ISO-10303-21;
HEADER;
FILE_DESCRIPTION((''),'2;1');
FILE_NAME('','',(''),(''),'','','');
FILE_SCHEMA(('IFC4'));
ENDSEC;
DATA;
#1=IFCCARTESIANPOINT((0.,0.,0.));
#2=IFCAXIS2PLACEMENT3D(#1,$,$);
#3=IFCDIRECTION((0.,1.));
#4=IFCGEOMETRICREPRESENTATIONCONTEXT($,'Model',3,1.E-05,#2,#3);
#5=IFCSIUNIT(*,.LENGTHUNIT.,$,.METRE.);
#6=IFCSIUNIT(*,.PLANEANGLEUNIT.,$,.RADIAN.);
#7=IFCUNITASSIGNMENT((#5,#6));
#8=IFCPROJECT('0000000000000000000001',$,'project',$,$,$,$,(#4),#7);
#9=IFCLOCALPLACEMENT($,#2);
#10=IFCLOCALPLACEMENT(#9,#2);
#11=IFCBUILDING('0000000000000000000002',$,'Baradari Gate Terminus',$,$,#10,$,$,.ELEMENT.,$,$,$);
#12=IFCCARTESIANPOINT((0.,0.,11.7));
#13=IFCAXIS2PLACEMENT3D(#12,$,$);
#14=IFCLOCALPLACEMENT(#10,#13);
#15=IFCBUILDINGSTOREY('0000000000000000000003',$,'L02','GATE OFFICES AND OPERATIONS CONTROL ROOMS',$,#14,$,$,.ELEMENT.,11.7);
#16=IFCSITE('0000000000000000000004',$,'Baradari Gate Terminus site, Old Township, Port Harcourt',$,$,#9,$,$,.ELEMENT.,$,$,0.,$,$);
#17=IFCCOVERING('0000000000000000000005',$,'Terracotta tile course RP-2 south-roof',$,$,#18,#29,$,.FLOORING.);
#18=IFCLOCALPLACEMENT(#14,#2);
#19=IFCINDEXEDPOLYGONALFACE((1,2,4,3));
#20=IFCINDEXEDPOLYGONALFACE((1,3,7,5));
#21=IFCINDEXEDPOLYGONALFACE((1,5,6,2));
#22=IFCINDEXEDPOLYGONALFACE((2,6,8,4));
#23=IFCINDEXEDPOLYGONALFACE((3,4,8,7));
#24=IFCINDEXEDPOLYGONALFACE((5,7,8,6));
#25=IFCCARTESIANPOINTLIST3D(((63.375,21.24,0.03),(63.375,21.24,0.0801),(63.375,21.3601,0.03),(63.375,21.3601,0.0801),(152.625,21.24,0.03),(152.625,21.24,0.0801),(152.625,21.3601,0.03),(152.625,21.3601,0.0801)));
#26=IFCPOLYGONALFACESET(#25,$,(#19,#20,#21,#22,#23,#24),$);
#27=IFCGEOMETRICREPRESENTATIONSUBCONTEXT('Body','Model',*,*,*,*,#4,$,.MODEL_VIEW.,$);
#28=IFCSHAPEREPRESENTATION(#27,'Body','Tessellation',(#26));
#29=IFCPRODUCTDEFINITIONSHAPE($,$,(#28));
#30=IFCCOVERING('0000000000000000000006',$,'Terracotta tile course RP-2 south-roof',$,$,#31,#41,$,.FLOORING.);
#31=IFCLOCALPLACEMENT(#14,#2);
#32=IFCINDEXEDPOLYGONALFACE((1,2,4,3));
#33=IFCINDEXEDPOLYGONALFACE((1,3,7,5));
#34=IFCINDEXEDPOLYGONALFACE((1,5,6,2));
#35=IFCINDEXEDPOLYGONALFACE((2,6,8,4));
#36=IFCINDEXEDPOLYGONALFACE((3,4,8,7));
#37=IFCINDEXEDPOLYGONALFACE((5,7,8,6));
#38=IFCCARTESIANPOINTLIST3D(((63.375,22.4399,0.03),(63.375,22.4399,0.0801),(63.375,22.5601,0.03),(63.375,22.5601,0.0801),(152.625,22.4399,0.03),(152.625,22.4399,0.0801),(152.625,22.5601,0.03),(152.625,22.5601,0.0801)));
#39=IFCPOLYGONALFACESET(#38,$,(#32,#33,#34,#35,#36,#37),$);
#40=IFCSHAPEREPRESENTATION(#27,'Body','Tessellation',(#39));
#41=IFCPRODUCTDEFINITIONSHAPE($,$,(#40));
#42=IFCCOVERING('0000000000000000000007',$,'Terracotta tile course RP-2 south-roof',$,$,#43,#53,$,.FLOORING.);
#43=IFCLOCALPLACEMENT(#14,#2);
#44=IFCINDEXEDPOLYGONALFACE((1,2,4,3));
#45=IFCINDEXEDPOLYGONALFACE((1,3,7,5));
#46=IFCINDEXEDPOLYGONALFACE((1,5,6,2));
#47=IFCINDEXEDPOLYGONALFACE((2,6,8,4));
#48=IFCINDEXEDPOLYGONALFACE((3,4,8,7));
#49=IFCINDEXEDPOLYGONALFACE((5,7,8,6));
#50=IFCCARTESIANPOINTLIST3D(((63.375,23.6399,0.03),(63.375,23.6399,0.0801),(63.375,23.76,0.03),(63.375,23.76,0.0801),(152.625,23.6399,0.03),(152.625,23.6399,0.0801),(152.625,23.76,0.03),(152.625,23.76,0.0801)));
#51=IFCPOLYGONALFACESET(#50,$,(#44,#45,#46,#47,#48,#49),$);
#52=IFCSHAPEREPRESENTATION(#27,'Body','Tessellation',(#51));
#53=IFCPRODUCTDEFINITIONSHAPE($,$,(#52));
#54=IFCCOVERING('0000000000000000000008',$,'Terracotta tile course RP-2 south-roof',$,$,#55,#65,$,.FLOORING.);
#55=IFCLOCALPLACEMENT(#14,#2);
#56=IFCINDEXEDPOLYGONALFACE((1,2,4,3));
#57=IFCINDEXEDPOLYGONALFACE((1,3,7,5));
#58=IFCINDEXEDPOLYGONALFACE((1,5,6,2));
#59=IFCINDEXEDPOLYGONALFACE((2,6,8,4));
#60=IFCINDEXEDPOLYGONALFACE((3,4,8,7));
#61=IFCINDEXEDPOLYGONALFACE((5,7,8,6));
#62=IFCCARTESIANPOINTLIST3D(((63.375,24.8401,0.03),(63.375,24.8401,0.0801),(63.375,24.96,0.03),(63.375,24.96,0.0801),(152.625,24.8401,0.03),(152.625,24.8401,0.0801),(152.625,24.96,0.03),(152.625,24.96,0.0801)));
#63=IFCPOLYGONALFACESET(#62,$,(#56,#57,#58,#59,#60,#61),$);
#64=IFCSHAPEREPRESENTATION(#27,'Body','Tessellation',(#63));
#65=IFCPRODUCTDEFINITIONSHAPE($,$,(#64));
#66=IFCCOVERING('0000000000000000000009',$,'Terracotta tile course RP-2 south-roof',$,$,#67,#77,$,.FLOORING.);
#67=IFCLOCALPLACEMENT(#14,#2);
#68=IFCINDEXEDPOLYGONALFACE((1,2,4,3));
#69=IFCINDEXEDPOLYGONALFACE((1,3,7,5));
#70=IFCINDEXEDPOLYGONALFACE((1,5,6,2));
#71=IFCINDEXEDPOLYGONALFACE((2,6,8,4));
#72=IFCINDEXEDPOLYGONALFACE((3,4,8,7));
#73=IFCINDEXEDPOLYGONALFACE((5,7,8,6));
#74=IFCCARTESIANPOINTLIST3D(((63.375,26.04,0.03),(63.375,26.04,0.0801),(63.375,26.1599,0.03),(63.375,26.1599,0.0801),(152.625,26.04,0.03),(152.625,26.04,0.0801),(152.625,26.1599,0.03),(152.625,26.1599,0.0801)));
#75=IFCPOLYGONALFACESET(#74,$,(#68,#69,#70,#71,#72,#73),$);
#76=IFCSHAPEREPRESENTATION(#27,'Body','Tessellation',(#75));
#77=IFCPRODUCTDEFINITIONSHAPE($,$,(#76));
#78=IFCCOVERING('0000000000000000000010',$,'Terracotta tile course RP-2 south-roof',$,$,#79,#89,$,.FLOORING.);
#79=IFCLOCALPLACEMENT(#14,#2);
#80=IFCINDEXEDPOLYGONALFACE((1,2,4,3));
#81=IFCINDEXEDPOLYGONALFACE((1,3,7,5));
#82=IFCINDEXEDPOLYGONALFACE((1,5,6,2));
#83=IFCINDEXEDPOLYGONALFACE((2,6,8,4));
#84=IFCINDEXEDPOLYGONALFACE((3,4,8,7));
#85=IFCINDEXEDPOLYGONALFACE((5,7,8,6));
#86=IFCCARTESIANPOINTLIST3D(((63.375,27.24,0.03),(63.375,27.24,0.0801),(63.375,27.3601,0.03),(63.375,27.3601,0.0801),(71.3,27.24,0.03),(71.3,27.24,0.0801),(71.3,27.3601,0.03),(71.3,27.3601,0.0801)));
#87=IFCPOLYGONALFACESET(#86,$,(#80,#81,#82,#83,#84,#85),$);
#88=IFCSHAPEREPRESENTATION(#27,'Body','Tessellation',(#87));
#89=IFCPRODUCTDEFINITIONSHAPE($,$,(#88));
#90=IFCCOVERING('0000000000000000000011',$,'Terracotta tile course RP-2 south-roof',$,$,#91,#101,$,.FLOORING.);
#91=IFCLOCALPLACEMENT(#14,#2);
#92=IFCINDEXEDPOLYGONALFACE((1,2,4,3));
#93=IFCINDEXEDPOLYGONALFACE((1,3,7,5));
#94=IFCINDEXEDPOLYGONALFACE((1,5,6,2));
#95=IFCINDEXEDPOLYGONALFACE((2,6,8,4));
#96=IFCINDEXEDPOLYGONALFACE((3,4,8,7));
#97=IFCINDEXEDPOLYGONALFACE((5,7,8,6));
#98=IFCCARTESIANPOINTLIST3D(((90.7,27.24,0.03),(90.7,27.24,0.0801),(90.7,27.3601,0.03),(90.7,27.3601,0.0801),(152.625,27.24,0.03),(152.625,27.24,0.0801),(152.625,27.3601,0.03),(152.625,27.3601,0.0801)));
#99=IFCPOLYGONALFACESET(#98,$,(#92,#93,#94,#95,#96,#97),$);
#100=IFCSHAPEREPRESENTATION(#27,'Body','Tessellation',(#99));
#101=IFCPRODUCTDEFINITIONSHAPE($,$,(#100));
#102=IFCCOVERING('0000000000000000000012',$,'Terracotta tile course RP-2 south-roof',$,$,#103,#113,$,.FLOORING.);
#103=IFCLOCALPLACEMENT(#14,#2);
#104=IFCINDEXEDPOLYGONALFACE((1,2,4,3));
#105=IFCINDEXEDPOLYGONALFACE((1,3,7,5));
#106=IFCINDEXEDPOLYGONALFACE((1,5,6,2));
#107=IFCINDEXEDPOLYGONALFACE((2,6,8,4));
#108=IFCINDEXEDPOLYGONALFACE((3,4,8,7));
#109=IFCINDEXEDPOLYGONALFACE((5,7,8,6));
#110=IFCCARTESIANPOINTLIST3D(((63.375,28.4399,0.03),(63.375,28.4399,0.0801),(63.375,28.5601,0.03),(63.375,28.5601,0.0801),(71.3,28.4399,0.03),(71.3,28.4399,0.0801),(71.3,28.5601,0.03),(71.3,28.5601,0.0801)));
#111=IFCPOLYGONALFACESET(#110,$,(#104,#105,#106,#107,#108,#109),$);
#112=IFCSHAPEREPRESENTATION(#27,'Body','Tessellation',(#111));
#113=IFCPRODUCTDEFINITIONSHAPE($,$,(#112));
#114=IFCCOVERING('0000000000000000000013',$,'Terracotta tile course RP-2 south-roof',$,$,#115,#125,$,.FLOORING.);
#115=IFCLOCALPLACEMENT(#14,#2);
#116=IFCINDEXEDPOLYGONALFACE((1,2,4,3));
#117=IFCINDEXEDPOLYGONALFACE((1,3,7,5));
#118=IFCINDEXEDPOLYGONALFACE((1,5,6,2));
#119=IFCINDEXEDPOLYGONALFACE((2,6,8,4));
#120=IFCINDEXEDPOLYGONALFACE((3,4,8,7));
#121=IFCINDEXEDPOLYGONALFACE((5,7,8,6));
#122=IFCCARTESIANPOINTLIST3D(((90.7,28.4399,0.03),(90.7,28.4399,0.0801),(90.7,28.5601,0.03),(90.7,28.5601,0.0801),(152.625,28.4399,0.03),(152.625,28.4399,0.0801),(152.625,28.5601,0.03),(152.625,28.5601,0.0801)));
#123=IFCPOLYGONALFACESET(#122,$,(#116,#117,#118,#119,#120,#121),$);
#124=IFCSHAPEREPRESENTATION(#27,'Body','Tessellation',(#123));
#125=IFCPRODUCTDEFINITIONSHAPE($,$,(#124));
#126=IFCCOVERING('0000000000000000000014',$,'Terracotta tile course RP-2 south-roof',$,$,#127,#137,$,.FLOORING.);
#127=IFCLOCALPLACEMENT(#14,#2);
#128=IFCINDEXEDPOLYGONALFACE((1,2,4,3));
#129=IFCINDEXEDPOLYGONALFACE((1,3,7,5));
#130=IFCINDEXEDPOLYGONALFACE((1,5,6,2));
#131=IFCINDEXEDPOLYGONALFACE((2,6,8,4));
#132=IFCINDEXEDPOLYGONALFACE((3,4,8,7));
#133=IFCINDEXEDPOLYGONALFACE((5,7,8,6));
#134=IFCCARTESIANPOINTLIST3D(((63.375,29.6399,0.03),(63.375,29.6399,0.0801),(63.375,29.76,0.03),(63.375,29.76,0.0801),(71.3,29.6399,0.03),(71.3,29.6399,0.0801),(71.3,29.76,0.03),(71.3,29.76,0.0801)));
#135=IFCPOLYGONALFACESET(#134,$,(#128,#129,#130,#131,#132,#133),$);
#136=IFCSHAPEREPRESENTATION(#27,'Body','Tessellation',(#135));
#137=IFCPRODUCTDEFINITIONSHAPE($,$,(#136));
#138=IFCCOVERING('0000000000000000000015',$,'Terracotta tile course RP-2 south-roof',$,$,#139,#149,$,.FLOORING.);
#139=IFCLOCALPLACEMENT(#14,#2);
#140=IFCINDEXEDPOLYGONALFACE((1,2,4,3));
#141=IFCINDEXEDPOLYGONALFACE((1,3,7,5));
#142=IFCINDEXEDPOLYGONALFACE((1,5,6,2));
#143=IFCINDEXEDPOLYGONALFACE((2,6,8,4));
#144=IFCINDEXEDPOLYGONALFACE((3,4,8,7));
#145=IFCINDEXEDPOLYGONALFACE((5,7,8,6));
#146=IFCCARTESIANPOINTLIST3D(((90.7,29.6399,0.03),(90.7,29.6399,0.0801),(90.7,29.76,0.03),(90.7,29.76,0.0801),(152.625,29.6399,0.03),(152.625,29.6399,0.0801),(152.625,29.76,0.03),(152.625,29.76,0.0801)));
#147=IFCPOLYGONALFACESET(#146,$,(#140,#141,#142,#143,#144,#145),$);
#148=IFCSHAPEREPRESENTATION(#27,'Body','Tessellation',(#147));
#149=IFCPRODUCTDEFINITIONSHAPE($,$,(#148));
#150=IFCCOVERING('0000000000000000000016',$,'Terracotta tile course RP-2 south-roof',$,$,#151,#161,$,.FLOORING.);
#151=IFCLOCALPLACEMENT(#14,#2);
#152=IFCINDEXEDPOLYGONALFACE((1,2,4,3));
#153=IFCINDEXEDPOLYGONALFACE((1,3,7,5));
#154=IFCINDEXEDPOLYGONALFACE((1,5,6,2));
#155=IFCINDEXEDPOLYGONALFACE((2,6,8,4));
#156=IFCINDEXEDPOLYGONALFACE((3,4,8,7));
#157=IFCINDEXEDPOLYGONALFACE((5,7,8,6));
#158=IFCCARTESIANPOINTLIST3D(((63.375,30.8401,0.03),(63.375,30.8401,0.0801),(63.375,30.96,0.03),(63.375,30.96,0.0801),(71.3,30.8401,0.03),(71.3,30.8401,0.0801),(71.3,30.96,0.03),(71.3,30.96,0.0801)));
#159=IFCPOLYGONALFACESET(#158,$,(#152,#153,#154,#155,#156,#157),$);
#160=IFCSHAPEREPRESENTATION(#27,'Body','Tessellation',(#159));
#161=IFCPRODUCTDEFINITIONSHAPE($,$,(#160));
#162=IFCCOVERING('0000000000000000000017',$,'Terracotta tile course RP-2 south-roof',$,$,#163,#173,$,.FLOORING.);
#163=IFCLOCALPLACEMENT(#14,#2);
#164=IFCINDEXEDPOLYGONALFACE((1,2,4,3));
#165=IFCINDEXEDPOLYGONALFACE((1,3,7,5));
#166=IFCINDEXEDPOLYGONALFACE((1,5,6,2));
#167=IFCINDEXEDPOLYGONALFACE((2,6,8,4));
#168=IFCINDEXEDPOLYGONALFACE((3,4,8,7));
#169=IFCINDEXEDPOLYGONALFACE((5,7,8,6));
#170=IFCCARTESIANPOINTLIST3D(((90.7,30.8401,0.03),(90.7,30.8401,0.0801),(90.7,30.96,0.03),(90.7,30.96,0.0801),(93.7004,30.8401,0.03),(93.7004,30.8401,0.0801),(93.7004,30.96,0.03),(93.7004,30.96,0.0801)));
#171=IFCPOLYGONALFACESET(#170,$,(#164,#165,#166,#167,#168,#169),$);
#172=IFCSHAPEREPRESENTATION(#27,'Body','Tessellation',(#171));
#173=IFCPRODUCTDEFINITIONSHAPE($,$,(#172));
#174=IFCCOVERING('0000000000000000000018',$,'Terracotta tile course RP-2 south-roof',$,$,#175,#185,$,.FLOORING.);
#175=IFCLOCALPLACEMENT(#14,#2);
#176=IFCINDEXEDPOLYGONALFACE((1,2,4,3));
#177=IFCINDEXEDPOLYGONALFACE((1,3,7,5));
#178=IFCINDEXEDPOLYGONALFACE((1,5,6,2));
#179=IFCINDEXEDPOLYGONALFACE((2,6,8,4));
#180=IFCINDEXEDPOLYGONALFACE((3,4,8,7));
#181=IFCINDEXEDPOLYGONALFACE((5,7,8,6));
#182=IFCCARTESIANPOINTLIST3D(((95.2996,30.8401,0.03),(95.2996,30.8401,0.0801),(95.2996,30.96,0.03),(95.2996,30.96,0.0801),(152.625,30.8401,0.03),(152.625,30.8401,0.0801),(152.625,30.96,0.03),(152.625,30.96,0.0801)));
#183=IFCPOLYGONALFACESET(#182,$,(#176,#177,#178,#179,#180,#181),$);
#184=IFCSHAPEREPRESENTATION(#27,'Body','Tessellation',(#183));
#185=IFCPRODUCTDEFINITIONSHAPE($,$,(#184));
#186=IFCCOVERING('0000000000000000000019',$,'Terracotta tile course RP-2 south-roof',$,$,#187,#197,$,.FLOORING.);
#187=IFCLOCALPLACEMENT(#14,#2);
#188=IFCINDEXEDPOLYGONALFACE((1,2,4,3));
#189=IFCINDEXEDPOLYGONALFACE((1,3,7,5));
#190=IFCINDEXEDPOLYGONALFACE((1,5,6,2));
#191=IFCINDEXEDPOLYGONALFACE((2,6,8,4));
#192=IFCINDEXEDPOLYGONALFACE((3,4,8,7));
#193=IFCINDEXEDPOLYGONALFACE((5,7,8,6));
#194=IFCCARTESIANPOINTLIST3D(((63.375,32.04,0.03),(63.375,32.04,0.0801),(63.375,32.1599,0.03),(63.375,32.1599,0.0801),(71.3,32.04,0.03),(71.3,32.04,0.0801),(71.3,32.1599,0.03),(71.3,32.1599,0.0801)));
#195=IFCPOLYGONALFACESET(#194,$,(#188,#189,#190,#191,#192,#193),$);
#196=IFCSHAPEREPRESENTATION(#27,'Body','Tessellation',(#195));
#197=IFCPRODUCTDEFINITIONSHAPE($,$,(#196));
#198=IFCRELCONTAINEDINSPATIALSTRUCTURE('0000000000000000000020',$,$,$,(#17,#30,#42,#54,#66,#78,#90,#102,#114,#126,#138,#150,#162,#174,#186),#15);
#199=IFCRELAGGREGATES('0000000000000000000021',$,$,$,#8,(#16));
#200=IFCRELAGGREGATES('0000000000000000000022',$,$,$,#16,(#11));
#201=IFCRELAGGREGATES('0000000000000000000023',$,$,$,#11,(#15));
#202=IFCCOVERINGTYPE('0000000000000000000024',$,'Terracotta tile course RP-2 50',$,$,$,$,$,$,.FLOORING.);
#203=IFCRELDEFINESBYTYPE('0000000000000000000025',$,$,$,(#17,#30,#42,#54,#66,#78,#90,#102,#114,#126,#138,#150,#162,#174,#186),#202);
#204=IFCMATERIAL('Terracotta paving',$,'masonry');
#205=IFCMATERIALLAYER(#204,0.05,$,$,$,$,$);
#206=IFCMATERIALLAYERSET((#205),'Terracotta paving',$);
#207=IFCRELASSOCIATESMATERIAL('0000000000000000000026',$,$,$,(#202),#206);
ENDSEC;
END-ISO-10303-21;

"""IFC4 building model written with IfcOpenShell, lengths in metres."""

from ifc_helpers import new_model, si_unit, direction, frame, origin, place, context, subcontext, project, spatial, polyline, outline, extrude, material, layer, layer_set, type_object, element, save


model = new_model("IFC4")

# Units and contexts
model_context = context("Model", 3, precision=1e-05, world=origin(), true_north=direction((0.0, 1.0)))
body_context = subcontext(model_context, "Body", "Model", "MODEL_VIEW")
ifc_project = project(units=[si_unit("LENGTHUNIT", "METRE"), si_unit("PLANEANGLEUNIT", "RADIAN")], contexts=[model_context])

# Site, building, storey
site_placement = place(None, origin())
site = spatial("IfcSite", under=ifc_project, at=site_placement, Name="Baradari Gate Terminus site, Old Township, Port Harcourt", CompositionType="ELEMENT", RefElevation=0.0)
building_placement = place(site_placement, origin())
building = spatial("IfcBuilding", under=site, at=building_placement, Name="Baradari Gate Terminus", CompositionType="ELEMENT")
storey_placement = place(building_placement, frame((0.0, 0.0, 11.7)))
storey = spatial("IfcBuildingStorey", under=building, at=storey_placement, Name="L02", Description="GATE OFFICES AND OPERATIONS CONTROL ROOMS", CompositionType="ELEMENT", Elevation=11.7)

# Coverings
ifc_material_1 = material(Name="Terracotta paving", Category="masonry")
ifc_layer_1 = layer(ifc_material_1, 0.05)
ifc_layer_set_1 = layer_set([ifc_layer_1], Name="Terracotta paving")
covering_type = type_object("IfcCoveringType", Name="Terracotta tile course RP-2 50", PredefinedType="FLOORING", material=ifc_layer_set_1)
covering_1_placement = place(storey_placement, frame((0.0, 0.0, 0.03)))
element("IfcCovering", 1, at=covering_1_placement, inside=storey, type_object=covering_type, Name="Terracotta tile course RP-2 south-roof", PredefinedType="FLOORING", context=body_context, shape_type="SweptSolid", body=[
    extrude(outline(polyline([(152.625, 21.24), (152.625, 21.3601), (63.375, 21.3601), (63.375, 21.24), (152.625, 21.24)])), origin(), (0.0, 0.0, 1.0), 0.05),
])
covering_2_placement = place(storey_placement, frame((0.0, 0.0, 0.03)))
element("IfcCovering", 2, at=covering_2_placement, inside=storey, type_object=covering_type, Name="Terracotta tile course RP-2 south-roof", PredefinedType="FLOORING", context=body_context, shape_type="SweptSolid", body=[
    extrude(outline(polyline([(152.625, 22.4399), (152.625, 22.5601), (63.375, 22.5601), (63.375, 22.4399), (152.625, 22.4399)])), origin(), (0.0, 0.0, 1.0), 0.05),
])
covering_3_placement = place(storey_placement, frame((0.0, 0.0, 0.03)))
element("IfcCovering", 3, at=covering_3_placement, inside=storey, type_object=covering_type, Name="Terracotta tile course RP-2 south-roof", PredefinedType="FLOORING", context=body_context, shape_type="SweptSolid", body=[
    extrude(outline(polyline([(152.625, 23.6399), (152.625, 23.76), (63.375, 23.76), (63.375, 23.6399), (152.625, 23.6399)])), origin(), (0.0, 0.0, 1.0), 0.05),
])
covering_4_placement = place(storey_placement, frame((0.0, 0.0, 0.03)))
element("IfcCovering", 4, at=covering_4_placement, inside=storey, type_object=covering_type, Name="Terracotta tile course RP-2 south-roof", PredefinedType="FLOORING", context=body_context, shape_type="SweptSolid", body=[
    extrude(outline(polyline([(152.625, 24.8401), (152.625, 24.96), (63.375, 24.96), (63.375, 24.8401), (152.625, 24.8401)])), origin(), (0.0, 0.0, 1.0), 0.05),
])
covering_5_placement = place(storey_placement, frame((0.0, 0.0, 0.03)))
element("IfcCovering", 5, at=covering_5_placement, inside=storey, type_object=covering_type, Name="Terracotta tile course RP-2 south-roof", PredefinedType="FLOORING", context=body_context, shape_type="SweptSolid", body=[
    extrude(outline(polyline([(152.625, 26.04), (152.625, 26.1599), (63.375, 26.1599), (63.375, 26.04), (152.625, 26.04)])), origin(), (0.0, 0.0, 1.0), 0.05),
])
covering_6_placement = place(storey_placement, frame((0.0, 0.0, 0.03)))
element("IfcCovering", 6, at=covering_6_placement, inside=storey, type_object=covering_type, Name="Terracotta tile course RP-2 south-roof", PredefinedType="FLOORING", context=body_context, shape_type="SweptSolid", body=[
    extrude(outline(polyline([(71.3, 27.24), (71.3, 27.3601), (63.375, 27.3601), (63.375, 27.24), (71.3, 27.24)])), origin(), (0.0, 0.0, 1.0), 0.05),
])
covering_7_placement = place(storey_placement, frame((0.0, 0.0, 0.03)))
element("IfcCovering", 7, at=covering_7_placement, inside=storey, type_object=covering_type, Name="Terracotta tile course RP-2 south-roof", PredefinedType="FLOORING", context=body_context, shape_type="SweptSolid", body=[
    extrude(outline(polyline([(152.625, 27.24), (152.625, 27.3601), (90.7, 27.3601), (90.7, 27.24), (152.625, 27.24)])), origin(), (0.0, 0.0, 1.0), 0.05),
])
covering_8_placement = place(storey_placement, frame((0.0, 0.0, 0.03)))
element("IfcCovering", 8, at=covering_8_placement, inside=storey, type_object=covering_type, Name="Terracotta tile course RP-2 south-roof", PredefinedType="FLOORING", context=body_context, shape_type="SweptSolid", body=[
    extrude(outline(polyline([(71.3, 28.4399), (71.3, 28.5601), (63.375, 28.5601), (63.375, 28.4399), (71.3, 28.4399)])), origin(), (0.0, 0.0, 1.0), 0.05),
])
covering_9_placement = place(storey_placement, frame((0.0, 0.0, 0.03)))
element("IfcCovering", 9, at=covering_9_placement, inside=storey, type_object=covering_type, Name="Terracotta tile course RP-2 south-roof", PredefinedType="FLOORING", context=body_context, shape_type="SweptSolid", body=[
    extrude(outline(polyline([(152.625, 28.4399), (152.625, 28.5601), (90.7, 28.5601), (90.7, 28.4399), (152.625, 28.4399)])), origin(), (0.0, 0.0, 1.0), 0.05),
])
covering_10_placement = place(storey_placement, frame((0.0, 0.0, 0.03)))
element("IfcCovering", 10, at=covering_10_placement, inside=storey, type_object=covering_type, Name="Terracotta tile course RP-2 south-roof", PredefinedType="FLOORING", context=body_context, shape_type="SweptSolid", body=[
    extrude(outline(polyline([(71.3, 29.6399), (71.3, 29.76), (63.375, 29.76), (63.375, 29.6399), (71.3, 29.6399)])), origin(), (0.0, 0.0, 1.0), 0.05),
])
covering_11_placement = place(storey_placement, frame((0.0, 0.0, 0.03)))
element("IfcCovering", 11, at=covering_11_placement, inside=storey, type_object=covering_type, Name="Terracotta tile course RP-2 south-roof", PredefinedType="FLOORING", context=body_context, shape_type="SweptSolid", body=[
    extrude(outline(polyline([(152.625, 29.6399), (152.625, 29.76), (90.7, 29.76), (90.7, 29.6399), (152.625, 29.6399)])), origin(), (0.0, 0.0, 1.0), 0.05),
])
covering_12_placement = place(storey_placement, frame((0.0, 0.0, 0.03)))
element("IfcCovering", 12, at=covering_12_placement, inside=storey, type_object=covering_type, Name="Terracotta tile course RP-2 south-roof", PredefinedType="FLOORING", context=body_context, shape_type="SweptSolid", body=[
    extrude(outline(polyline([(71.3, 30.8401), (71.3, 30.96), (63.375, 30.96), (63.375, 30.8401), (71.3, 30.8401)])), origin(), (0.0, 0.0, 1.0), 0.05),
])
covering_13_placement = place(storey_placement, frame((0.0, 0.0, 0.03)))
element("IfcCovering", 13, at=covering_13_placement, inside=storey, type_object=covering_type, Name="Terracotta tile course RP-2 south-roof", PredefinedType="FLOORING", context=body_context, shape_type="SweptSolid", body=[
    extrude(outline(polyline([(93.7004, 30.8401), (93.7004, 30.96), (90.7, 30.96), (90.7, 30.8401), (93.7004, 30.8401)])), origin(), (0.0, 0.0, 1.0), 0.05),
])
covering_14_placement = place(storey_placement, frame((0.0, 0.0, 0.03)))
element("IfcCovering", 14, at=covering_14_placement, inside=storey, type_object=covering_type, Name="Terracotta tile course RP-2 south-roof", PredefinedType="FLOORING", context=body_context, shape_type="SweptSolid", body=[
    extrude(outline(polyline([(152.625, 30.8401), (152.625, 30.96), (95.2996, 30.96), (95.2996, 30.8401), (152.625, 30.8401)])), origin(), (0.0, 0.0, 1.0), 0.05),
])
covering_15_placement = place(storey_placement, frame((0.0, 0.0, 0.03)))
element("IfcCovering", 15, at=covering_15_placement, inside=storey, type_object=covering_type, Name="Terracotta tile course RP-2 south-roof", PredefinedType="FLOORING", context=body_context, shape_type="SweptSolid", body=[
    extrude(outline(polyline([(71.3, 32.04), (71.3, 32.1599), (63.375, 32.1599), (63.375, 32.04), (71.3, 32.04)])), origin(), (0.0, 0.0, 1.0), 0.05),
])

save(model, "model.ifc")
